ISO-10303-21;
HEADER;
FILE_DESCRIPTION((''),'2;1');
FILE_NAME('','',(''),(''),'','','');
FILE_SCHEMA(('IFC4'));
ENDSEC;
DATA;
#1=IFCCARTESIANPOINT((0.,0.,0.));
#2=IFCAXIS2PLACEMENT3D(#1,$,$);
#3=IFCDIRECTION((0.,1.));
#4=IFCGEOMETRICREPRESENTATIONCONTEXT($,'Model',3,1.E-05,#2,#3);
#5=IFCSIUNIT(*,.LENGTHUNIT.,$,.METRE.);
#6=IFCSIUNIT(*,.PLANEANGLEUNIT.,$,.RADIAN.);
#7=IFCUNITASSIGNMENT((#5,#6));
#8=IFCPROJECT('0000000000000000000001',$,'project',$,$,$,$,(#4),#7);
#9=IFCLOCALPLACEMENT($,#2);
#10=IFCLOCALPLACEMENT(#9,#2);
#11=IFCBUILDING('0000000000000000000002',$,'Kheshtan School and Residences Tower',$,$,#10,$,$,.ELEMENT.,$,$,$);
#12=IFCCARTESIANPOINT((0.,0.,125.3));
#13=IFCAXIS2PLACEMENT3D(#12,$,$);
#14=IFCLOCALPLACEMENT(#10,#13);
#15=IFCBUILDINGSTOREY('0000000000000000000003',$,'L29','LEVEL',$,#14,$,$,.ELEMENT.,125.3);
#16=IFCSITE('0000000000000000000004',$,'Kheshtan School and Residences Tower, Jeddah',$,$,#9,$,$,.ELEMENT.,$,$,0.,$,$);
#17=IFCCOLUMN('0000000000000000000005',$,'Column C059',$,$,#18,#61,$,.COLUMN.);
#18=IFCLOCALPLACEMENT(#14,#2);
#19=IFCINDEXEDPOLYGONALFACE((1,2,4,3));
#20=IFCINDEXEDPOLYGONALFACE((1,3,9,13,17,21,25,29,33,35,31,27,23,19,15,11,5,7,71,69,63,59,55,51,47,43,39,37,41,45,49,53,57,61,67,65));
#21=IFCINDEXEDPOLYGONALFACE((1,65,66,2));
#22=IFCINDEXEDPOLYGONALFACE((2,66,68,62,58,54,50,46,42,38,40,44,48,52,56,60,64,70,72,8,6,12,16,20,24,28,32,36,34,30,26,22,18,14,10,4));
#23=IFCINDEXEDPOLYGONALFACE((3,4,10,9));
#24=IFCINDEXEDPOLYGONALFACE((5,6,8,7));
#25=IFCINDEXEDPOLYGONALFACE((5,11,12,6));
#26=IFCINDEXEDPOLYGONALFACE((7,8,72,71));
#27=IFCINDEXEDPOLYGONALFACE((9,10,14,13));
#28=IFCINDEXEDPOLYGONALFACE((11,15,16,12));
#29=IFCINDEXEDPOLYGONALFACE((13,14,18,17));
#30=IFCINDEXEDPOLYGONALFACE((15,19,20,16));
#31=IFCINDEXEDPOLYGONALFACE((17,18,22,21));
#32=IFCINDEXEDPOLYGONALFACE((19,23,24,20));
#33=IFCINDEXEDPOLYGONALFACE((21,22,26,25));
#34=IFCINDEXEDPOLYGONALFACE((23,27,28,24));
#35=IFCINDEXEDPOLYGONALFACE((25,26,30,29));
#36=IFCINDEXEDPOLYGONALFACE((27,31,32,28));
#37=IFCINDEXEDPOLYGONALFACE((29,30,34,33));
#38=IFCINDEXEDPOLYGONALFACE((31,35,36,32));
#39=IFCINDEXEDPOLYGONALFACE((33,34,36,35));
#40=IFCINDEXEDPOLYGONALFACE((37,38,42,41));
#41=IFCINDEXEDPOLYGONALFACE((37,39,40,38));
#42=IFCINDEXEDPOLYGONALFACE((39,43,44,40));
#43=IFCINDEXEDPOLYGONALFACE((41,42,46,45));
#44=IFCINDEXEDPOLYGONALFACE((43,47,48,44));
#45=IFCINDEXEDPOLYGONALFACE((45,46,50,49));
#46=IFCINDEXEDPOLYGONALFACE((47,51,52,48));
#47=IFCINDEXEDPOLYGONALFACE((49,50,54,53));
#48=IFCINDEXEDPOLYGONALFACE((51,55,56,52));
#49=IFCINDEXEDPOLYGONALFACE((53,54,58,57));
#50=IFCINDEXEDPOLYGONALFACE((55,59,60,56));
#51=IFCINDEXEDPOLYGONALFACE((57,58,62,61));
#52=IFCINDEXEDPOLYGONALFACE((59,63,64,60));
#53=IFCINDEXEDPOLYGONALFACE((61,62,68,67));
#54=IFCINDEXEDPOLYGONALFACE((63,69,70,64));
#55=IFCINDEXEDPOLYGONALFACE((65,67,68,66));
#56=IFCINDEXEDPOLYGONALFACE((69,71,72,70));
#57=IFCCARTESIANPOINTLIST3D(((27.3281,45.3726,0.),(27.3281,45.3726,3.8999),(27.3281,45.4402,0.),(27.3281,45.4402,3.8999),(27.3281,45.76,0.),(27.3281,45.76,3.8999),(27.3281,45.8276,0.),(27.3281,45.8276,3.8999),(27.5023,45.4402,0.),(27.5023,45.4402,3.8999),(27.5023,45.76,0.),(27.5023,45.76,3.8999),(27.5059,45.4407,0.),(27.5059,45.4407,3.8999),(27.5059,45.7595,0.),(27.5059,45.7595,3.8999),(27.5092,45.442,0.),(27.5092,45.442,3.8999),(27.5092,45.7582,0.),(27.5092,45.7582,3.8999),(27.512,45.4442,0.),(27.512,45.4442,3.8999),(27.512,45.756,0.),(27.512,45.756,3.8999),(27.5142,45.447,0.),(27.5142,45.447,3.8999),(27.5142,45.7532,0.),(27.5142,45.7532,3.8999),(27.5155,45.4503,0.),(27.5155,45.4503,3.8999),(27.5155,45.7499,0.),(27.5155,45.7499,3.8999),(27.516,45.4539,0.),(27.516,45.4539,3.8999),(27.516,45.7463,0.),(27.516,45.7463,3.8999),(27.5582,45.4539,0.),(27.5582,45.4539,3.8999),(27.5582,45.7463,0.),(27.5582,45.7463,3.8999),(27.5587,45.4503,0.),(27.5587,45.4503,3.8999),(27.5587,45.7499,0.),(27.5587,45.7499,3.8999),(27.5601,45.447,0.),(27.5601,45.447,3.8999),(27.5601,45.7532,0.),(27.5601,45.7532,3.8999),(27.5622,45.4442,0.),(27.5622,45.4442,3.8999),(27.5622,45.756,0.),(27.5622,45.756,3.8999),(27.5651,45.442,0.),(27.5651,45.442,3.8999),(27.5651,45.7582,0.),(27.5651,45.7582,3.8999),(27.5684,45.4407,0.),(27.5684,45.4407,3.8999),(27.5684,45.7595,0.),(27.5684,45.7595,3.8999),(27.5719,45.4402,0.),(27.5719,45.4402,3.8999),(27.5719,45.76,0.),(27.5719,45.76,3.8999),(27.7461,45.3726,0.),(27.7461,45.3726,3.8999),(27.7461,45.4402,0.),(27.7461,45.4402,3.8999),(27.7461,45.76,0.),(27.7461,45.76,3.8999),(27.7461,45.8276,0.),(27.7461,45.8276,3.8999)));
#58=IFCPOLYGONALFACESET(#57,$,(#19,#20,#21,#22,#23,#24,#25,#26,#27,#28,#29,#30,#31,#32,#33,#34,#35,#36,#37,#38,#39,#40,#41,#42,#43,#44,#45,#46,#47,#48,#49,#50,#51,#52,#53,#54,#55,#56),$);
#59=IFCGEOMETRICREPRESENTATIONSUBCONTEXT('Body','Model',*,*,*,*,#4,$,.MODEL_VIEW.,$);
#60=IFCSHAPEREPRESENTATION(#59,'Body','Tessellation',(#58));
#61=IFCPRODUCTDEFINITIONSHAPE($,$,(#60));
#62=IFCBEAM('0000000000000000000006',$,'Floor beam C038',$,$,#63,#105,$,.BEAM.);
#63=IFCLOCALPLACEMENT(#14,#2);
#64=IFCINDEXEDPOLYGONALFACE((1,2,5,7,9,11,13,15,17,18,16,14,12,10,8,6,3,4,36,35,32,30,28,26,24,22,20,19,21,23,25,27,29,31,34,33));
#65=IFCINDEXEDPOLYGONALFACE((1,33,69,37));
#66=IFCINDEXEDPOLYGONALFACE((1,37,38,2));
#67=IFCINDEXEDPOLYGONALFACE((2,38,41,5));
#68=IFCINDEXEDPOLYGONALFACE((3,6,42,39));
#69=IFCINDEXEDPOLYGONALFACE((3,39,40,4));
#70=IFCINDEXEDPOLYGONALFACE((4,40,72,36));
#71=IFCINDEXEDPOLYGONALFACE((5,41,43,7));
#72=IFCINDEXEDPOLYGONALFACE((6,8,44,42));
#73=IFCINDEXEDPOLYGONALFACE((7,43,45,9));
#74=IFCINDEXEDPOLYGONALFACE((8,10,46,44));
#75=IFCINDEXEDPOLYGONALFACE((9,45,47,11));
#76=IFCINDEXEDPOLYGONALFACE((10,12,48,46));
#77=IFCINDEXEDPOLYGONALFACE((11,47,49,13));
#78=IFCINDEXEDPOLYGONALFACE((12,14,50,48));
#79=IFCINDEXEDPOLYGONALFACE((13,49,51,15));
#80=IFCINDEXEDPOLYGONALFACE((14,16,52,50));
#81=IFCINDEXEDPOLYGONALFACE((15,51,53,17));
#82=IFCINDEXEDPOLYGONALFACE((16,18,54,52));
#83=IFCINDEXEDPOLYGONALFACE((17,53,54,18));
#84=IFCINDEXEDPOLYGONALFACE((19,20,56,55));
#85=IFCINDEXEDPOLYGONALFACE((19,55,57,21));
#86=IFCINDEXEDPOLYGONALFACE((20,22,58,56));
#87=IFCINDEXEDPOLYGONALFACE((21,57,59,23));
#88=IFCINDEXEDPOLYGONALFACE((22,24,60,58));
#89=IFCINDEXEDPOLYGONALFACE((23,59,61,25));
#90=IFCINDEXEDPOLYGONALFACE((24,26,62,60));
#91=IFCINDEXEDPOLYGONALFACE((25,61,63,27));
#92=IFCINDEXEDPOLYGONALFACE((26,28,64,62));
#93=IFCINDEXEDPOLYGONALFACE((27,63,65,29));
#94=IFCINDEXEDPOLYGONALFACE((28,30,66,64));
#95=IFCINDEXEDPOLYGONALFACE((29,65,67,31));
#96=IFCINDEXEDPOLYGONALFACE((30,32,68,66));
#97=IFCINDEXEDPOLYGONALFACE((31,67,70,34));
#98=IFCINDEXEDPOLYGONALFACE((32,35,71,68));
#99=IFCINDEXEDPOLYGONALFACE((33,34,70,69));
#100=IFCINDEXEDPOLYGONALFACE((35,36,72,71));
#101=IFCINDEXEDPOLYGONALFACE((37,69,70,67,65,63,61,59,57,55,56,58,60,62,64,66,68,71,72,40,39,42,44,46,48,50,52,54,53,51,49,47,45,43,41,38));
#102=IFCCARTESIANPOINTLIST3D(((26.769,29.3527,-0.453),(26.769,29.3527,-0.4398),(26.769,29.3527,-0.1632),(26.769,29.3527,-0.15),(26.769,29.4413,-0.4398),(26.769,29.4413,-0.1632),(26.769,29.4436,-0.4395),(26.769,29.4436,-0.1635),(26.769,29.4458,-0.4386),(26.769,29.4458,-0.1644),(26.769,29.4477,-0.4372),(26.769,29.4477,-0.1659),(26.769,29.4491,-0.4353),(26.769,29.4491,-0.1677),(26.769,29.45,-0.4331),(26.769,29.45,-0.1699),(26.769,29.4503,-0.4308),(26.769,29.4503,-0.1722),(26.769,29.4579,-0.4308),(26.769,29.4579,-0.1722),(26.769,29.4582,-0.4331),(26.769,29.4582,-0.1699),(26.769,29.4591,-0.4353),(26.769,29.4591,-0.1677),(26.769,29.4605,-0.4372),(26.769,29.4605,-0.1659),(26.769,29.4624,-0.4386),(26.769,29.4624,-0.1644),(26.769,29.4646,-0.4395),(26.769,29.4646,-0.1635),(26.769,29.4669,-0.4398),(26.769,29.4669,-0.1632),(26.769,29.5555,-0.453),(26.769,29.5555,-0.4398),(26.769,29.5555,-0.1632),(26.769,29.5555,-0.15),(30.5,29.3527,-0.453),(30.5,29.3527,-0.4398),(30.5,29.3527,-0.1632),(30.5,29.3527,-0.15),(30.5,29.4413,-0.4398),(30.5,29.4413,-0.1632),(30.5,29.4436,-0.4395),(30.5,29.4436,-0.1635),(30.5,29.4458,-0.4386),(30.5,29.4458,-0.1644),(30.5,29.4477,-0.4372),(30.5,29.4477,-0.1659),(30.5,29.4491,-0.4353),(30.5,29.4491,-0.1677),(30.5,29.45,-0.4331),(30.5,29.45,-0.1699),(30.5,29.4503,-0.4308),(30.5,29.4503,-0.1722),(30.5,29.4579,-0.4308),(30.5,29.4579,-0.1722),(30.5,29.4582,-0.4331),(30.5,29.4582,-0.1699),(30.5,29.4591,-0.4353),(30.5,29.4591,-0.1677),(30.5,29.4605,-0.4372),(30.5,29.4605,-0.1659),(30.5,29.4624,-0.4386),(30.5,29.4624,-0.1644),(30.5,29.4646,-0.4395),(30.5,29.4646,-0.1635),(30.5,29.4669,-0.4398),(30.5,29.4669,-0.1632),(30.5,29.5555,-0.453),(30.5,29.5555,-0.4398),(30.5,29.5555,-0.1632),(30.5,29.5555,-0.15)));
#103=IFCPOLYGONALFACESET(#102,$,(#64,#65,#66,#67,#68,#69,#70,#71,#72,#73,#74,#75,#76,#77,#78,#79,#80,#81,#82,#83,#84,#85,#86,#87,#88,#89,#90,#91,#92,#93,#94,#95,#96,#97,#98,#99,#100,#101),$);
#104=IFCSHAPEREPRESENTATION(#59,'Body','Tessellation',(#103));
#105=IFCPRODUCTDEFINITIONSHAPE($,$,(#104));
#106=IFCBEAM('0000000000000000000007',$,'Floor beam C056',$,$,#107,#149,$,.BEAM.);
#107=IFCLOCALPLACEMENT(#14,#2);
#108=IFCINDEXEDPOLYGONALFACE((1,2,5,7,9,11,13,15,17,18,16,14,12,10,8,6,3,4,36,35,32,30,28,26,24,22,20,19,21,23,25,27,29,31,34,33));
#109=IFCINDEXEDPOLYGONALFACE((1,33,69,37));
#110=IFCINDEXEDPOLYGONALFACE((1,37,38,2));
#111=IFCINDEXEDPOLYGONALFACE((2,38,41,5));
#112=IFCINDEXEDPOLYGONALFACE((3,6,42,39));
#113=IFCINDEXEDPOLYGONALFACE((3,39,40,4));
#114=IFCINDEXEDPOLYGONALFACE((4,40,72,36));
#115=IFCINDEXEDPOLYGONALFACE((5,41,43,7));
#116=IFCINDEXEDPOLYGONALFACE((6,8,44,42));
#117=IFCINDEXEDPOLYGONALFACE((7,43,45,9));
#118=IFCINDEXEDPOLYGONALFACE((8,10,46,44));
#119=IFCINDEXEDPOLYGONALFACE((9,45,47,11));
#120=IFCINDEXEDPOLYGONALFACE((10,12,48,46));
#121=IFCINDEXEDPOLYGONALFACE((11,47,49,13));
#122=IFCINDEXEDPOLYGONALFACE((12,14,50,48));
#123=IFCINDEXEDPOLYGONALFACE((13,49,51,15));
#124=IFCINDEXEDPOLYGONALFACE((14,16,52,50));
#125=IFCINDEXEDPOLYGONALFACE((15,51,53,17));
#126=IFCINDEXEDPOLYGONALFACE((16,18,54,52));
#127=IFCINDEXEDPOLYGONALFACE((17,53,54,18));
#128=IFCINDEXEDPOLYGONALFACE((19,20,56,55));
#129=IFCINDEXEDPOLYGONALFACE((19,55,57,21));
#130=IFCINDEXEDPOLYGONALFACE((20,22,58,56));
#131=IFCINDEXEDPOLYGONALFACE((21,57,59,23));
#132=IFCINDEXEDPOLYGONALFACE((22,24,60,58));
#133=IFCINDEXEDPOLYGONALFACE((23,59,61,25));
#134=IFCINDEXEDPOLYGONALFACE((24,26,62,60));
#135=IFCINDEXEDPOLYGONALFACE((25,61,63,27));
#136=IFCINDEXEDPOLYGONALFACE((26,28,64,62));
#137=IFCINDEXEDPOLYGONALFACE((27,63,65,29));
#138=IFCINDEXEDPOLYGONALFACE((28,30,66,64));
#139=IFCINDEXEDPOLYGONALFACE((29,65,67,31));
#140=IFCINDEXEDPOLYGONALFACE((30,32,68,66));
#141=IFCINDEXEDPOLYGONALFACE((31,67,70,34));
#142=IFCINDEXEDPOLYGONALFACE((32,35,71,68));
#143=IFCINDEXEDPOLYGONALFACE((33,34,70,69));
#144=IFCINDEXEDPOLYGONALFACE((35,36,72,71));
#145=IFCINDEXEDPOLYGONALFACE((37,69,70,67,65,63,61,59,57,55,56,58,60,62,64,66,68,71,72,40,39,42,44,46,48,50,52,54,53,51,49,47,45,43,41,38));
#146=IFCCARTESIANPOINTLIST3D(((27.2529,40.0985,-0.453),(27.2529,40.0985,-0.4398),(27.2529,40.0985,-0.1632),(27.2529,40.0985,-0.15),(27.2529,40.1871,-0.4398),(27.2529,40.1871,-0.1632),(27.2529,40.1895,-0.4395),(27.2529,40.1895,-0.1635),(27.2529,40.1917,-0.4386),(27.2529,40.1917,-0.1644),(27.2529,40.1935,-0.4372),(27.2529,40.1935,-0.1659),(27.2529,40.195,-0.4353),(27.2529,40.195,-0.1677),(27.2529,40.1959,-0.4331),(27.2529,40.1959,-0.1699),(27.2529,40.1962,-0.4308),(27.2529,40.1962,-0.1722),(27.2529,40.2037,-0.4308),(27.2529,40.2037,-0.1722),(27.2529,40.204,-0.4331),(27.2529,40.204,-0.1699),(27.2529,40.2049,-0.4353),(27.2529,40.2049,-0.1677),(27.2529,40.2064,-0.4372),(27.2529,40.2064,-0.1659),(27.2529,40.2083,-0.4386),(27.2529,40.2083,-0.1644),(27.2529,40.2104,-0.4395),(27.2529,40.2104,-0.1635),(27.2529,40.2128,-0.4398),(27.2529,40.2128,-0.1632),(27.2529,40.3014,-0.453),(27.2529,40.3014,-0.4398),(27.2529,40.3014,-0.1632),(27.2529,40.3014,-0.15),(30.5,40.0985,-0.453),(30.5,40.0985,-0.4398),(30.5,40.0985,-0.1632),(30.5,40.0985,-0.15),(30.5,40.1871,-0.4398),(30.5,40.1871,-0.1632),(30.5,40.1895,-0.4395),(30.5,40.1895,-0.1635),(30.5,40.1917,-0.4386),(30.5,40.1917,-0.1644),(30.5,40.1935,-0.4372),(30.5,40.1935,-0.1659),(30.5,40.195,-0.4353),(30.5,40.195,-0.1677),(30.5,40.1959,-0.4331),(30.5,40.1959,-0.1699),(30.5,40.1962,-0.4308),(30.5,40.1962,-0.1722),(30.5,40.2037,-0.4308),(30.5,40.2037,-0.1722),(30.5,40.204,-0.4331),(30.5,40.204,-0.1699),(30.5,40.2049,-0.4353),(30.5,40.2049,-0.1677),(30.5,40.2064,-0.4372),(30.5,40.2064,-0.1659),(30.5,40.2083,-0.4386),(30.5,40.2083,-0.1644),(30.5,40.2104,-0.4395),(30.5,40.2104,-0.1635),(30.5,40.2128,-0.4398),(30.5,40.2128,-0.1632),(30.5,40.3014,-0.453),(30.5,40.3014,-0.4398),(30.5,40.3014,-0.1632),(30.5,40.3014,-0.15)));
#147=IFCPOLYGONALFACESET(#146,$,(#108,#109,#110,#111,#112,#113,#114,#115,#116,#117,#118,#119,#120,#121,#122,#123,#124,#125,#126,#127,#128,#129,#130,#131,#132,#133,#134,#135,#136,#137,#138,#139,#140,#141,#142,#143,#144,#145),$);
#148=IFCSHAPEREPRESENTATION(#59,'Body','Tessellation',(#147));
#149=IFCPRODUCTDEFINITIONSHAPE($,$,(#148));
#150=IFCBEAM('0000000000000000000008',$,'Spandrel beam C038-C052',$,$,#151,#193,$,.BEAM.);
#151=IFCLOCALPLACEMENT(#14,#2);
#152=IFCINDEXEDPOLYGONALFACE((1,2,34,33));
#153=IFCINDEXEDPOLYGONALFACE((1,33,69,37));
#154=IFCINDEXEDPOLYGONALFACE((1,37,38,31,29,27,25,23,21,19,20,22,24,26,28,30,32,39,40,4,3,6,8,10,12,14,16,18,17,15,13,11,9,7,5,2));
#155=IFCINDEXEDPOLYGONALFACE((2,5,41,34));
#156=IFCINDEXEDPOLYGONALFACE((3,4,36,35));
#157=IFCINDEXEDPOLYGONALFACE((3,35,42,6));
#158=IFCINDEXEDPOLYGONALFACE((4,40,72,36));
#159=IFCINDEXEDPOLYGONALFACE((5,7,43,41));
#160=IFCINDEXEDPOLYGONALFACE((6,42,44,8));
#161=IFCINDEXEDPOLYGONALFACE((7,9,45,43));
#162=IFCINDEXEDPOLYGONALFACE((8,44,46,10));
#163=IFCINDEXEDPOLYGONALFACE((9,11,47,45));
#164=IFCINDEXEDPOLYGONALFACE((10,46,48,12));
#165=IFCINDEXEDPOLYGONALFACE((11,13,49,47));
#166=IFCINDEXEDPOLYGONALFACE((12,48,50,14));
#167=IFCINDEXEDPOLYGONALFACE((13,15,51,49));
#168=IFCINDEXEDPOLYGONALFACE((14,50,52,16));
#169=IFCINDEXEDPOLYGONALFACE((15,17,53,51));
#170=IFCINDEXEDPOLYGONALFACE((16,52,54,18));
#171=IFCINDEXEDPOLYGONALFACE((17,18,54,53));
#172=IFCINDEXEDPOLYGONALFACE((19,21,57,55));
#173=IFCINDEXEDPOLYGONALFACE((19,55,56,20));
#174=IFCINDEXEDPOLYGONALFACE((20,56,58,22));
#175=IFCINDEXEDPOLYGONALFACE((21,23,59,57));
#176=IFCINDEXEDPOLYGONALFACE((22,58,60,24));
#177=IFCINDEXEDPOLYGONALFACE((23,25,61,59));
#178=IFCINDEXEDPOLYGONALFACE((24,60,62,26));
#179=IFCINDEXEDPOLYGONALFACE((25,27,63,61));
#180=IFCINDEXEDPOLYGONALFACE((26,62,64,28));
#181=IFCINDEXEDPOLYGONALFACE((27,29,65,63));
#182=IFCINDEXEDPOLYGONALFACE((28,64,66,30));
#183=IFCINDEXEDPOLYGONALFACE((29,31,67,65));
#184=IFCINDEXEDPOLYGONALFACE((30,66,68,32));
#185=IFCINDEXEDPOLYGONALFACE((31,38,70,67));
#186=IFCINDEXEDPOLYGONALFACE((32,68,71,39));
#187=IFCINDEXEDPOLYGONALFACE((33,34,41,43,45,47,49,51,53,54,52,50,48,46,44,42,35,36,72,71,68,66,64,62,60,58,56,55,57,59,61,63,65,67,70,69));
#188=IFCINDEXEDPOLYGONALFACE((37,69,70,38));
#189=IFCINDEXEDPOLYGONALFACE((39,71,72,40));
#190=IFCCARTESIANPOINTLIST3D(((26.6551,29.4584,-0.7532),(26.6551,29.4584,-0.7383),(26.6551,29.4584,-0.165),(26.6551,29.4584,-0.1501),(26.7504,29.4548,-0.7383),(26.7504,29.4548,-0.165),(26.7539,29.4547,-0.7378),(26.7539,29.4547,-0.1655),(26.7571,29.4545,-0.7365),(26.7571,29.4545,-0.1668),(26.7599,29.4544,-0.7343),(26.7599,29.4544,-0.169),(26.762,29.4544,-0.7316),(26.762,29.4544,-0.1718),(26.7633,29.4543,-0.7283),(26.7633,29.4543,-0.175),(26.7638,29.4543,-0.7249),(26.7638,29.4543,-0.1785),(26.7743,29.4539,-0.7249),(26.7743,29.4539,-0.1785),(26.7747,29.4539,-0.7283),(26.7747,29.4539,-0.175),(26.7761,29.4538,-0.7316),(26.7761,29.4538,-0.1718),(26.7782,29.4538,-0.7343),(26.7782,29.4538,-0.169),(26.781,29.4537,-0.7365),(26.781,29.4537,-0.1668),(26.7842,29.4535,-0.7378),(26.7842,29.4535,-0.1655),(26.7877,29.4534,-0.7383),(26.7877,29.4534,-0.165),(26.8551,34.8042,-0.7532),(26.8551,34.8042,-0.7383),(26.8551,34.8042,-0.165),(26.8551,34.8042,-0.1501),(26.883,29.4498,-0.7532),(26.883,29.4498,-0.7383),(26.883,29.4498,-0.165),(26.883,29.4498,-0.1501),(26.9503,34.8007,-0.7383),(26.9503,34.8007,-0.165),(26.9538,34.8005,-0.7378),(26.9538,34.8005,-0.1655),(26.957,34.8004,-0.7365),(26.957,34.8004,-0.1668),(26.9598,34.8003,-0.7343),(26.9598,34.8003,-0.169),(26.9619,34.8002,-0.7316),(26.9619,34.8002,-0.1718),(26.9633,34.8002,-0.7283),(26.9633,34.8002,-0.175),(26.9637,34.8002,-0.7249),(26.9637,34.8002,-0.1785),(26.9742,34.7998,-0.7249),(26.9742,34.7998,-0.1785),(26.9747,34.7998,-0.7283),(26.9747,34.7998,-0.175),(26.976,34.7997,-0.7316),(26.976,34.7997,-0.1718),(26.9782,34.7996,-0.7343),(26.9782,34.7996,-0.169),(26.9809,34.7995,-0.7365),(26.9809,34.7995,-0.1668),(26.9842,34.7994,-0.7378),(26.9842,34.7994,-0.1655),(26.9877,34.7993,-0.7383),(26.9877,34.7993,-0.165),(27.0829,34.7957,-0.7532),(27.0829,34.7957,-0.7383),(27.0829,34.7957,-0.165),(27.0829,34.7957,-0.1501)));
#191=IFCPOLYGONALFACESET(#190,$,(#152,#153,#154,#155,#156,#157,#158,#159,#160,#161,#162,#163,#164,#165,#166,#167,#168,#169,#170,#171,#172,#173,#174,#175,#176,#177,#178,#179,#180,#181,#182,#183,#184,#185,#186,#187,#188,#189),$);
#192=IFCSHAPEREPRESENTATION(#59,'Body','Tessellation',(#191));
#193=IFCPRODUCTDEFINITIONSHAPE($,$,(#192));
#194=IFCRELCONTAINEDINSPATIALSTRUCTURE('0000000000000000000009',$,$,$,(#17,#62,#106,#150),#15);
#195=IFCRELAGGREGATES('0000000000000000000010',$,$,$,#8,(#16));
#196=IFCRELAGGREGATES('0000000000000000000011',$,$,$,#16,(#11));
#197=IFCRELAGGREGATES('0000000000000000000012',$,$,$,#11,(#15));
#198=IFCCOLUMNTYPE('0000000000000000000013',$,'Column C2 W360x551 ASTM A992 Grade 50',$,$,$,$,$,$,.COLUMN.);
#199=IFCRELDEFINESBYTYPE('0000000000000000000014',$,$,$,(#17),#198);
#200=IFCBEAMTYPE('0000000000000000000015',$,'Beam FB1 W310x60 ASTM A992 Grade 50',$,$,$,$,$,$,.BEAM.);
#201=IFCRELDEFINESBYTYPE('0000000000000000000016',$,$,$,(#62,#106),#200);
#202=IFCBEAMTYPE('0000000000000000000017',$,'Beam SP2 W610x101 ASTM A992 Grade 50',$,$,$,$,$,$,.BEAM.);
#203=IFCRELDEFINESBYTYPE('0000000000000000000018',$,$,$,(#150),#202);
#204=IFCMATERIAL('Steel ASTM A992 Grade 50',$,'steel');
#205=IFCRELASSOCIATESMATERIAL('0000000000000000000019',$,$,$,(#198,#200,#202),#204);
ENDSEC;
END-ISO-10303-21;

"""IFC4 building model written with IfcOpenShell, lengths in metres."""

from ifc_helpers import new_model, si_unit, direction, frame, origin, origin_2d, place, context, subcontext, project, spatial, i_section, extrude, material, material_profile, profile_set, type_object, element, save


model = new_model("IFC4")

# Units and contexts
model_context = context("Model", 3, precision=1e-05, world=origin(), true_north=direction((0.0, 1.0)))
body_context = subcontext(model_context, "Body", "Model", "MODEL_VIEW")
ifc_project = project(units=[si_unit("LENGTHUNIT", "METRE"), si_unit("PLANEANGLEUNIT", "RADIAN")], contexts=[model_context])

# Site, building, storey
site_placement = place(None, origin())
site = spatial("IfcSite", under=ifc_project, at=site_placement, Name="Kheshtan School and Residences Tower, Jeddah", CompositionType="ELEMENT", RefElevation=0.0)
building_placement = place(site_placement, origin())
building = spatial("IfcBuilding", under=site, at=building_placement, Name="Kheshtan School and Residences Tower", CompositionType="ELEMENT")
storey_placement = place(building_placement, frame((0.0, 0.0, 125.3)))
storey = spatial("IfcBuildingStorey", under=building, at=storey_placement, Name="L29", Description="LEVEL", CompositionType="ELEMENT", Elevation=125.3)

# Column
ifc_material_1 = material(Name="Steel ASTM A992 Grade 50", Category="steel")
ifc_material_profile_1 = material_profile(ifc_material_1, i_section(OverallWidth=0.418, OverallDepth=0.4551, WebThickness=0.0422, FlangeThickness=0.0676, FilletRadius=0.0137, at=origin_2d()), Name="W360x551")
ifc_profile_set_1 = profile_set([ifc_material_profile_1], Name="Steel ASTM A992 Grade 50")
column_type = type_object("IfcColumnType", Name="Column C2 W360x551 ASTM A992 Grade 50", PredefinedType="COLUMN", material=ifc_profile_set_1)
for number, where, z_axis, x_axis, name in (
    (1, (27.5371, 45.6001, 0.0), (0.0, 0.0, 1.0), (1.0, 0.0, 0.0), "Column C059"),
):
    element("IfcColumn", number, at=place(storey_placement, frame(where, z_axis=z_axis, x_axis=x_axis)), inside=storey, type_object=column_type, Name=name, PredefinedType="COLUMN", context=body_context, shape_type="SweptSolid", body=[
        extrude(i_section(OverallWidth=0.418, OverallDepth=0.4551, WebThickness=0.0422, FlangeThickness=0.0676, FilletRadius=0.0137, at=origin_2d()), origin(), (0.0, 0.0, 1.0), 3.8999),
    ])

# Beams
ifc_material_profile_2 = material_profile(ifc_material_1, i_section(OverallWidth=0.2029, OverallDepth=0.303, WebThickness=0.0076, FlangeThickness=0.0132, FilletRadius=0.009, at=origin_2d()), Name="W310x60")
ifc_profile_set_2 = profile_set([ifc_material_profile_2], Name="Steel ASTM A992 Grade 50")
beam_type_1 = type_object("IfcBeamType", Name="Beam FB1 W310x60 ASTM A992 Grade 50", PredefinedType="BEAM", material=ifc_profile_set_2)
beam_1_placement = place(storey_placement, frame((26.769, 29.4541, -0.3015), z_axis=(1.0, 0.0, 0.0), x_axis=(0.0, 1.0, 0.0)))
element("IfcBeam", 2, at=beam_1_placement, inside=storey, type_object=beam_type_1, Name="Floor beam C038", PredefinedType="BEAM", context=body_context, shape_type="SweptSolid", body=[
    extrude(i_section(OverallWidth=0.2029, OverallDepth=0.303, WebThickness=0.0076, FlangeThickness=0.0132, FilletRadius=0.009, at=origin_2d()), origin(), (0.0, 0.0, 1.0), 3.731),
])
beam_2_placement = place(storey_placement, frame((27.2529, 40.2, -0.3015), z_axis=(1.0, 0.0, 0.0), x_axis=(0.0, 1.0, 0.0)))
element("IfcBeam", 3, at=beam_2_placement, inside=storey, type_object=beam_type_1, Name="Floor beam C056", PredefinedType="BEAM", context=body_context, shape_type="SweptSolid", body=[
    extrude(i_section(OverallWidth=0.2029, OverallDepth=0.303, WebThickness=0.0076, FlangeThickness=0.0132, FilletRadius=0.009, at=origin_2d()), origin(), (0.0, 0.0, 1.0), 3.2471),
])
ifc_material_profile_3 = material_profile(ifc_material_1, i_section(OverallWidth=0.228, OverallDepth=0.603, WebThickness=0.0105, FlangeThickness=0.0149, FilletRadius=0.0134, at=origin_2d()), Name="W610x101")
ifc_profile_set_3 = profile_set([ifc_material_profile_3], Name="Steel ASTM A992 Grade 50")
beam_type_2 = type_object("IfcBeamType", Name="Beam SP2 W610x101 ASTM A992 Grade 50", PredefinedType="BEAM", material=ifc_profile_set_3)
beam_3_placement = place(storey_placement, frame((26.769, 29.4541, -0.4517), z_axis=(0.037376, 0.999301, 0.0), x_axis=(-0.999301, 0.037376, 0.0)))
element("IfcBeam", 4, at=beam_3_placement, inside=storey, type_object=beam_type_2, Name="Spandrel beam C038-C052", PredefinedType="BEAM", context=body_context, shape_type="SweptSolid", body=[
    extrude(i_section(OverallWidth=0.228, OverallDepth=0.603, WebThickness=0.0105, FlangeThickness=0.0149, FilletRadius=0.0134, at=origin_2d()), origin(), (0.0, 0.0, 1.0), 5.3496),
])

save(model, "model.ifc")
